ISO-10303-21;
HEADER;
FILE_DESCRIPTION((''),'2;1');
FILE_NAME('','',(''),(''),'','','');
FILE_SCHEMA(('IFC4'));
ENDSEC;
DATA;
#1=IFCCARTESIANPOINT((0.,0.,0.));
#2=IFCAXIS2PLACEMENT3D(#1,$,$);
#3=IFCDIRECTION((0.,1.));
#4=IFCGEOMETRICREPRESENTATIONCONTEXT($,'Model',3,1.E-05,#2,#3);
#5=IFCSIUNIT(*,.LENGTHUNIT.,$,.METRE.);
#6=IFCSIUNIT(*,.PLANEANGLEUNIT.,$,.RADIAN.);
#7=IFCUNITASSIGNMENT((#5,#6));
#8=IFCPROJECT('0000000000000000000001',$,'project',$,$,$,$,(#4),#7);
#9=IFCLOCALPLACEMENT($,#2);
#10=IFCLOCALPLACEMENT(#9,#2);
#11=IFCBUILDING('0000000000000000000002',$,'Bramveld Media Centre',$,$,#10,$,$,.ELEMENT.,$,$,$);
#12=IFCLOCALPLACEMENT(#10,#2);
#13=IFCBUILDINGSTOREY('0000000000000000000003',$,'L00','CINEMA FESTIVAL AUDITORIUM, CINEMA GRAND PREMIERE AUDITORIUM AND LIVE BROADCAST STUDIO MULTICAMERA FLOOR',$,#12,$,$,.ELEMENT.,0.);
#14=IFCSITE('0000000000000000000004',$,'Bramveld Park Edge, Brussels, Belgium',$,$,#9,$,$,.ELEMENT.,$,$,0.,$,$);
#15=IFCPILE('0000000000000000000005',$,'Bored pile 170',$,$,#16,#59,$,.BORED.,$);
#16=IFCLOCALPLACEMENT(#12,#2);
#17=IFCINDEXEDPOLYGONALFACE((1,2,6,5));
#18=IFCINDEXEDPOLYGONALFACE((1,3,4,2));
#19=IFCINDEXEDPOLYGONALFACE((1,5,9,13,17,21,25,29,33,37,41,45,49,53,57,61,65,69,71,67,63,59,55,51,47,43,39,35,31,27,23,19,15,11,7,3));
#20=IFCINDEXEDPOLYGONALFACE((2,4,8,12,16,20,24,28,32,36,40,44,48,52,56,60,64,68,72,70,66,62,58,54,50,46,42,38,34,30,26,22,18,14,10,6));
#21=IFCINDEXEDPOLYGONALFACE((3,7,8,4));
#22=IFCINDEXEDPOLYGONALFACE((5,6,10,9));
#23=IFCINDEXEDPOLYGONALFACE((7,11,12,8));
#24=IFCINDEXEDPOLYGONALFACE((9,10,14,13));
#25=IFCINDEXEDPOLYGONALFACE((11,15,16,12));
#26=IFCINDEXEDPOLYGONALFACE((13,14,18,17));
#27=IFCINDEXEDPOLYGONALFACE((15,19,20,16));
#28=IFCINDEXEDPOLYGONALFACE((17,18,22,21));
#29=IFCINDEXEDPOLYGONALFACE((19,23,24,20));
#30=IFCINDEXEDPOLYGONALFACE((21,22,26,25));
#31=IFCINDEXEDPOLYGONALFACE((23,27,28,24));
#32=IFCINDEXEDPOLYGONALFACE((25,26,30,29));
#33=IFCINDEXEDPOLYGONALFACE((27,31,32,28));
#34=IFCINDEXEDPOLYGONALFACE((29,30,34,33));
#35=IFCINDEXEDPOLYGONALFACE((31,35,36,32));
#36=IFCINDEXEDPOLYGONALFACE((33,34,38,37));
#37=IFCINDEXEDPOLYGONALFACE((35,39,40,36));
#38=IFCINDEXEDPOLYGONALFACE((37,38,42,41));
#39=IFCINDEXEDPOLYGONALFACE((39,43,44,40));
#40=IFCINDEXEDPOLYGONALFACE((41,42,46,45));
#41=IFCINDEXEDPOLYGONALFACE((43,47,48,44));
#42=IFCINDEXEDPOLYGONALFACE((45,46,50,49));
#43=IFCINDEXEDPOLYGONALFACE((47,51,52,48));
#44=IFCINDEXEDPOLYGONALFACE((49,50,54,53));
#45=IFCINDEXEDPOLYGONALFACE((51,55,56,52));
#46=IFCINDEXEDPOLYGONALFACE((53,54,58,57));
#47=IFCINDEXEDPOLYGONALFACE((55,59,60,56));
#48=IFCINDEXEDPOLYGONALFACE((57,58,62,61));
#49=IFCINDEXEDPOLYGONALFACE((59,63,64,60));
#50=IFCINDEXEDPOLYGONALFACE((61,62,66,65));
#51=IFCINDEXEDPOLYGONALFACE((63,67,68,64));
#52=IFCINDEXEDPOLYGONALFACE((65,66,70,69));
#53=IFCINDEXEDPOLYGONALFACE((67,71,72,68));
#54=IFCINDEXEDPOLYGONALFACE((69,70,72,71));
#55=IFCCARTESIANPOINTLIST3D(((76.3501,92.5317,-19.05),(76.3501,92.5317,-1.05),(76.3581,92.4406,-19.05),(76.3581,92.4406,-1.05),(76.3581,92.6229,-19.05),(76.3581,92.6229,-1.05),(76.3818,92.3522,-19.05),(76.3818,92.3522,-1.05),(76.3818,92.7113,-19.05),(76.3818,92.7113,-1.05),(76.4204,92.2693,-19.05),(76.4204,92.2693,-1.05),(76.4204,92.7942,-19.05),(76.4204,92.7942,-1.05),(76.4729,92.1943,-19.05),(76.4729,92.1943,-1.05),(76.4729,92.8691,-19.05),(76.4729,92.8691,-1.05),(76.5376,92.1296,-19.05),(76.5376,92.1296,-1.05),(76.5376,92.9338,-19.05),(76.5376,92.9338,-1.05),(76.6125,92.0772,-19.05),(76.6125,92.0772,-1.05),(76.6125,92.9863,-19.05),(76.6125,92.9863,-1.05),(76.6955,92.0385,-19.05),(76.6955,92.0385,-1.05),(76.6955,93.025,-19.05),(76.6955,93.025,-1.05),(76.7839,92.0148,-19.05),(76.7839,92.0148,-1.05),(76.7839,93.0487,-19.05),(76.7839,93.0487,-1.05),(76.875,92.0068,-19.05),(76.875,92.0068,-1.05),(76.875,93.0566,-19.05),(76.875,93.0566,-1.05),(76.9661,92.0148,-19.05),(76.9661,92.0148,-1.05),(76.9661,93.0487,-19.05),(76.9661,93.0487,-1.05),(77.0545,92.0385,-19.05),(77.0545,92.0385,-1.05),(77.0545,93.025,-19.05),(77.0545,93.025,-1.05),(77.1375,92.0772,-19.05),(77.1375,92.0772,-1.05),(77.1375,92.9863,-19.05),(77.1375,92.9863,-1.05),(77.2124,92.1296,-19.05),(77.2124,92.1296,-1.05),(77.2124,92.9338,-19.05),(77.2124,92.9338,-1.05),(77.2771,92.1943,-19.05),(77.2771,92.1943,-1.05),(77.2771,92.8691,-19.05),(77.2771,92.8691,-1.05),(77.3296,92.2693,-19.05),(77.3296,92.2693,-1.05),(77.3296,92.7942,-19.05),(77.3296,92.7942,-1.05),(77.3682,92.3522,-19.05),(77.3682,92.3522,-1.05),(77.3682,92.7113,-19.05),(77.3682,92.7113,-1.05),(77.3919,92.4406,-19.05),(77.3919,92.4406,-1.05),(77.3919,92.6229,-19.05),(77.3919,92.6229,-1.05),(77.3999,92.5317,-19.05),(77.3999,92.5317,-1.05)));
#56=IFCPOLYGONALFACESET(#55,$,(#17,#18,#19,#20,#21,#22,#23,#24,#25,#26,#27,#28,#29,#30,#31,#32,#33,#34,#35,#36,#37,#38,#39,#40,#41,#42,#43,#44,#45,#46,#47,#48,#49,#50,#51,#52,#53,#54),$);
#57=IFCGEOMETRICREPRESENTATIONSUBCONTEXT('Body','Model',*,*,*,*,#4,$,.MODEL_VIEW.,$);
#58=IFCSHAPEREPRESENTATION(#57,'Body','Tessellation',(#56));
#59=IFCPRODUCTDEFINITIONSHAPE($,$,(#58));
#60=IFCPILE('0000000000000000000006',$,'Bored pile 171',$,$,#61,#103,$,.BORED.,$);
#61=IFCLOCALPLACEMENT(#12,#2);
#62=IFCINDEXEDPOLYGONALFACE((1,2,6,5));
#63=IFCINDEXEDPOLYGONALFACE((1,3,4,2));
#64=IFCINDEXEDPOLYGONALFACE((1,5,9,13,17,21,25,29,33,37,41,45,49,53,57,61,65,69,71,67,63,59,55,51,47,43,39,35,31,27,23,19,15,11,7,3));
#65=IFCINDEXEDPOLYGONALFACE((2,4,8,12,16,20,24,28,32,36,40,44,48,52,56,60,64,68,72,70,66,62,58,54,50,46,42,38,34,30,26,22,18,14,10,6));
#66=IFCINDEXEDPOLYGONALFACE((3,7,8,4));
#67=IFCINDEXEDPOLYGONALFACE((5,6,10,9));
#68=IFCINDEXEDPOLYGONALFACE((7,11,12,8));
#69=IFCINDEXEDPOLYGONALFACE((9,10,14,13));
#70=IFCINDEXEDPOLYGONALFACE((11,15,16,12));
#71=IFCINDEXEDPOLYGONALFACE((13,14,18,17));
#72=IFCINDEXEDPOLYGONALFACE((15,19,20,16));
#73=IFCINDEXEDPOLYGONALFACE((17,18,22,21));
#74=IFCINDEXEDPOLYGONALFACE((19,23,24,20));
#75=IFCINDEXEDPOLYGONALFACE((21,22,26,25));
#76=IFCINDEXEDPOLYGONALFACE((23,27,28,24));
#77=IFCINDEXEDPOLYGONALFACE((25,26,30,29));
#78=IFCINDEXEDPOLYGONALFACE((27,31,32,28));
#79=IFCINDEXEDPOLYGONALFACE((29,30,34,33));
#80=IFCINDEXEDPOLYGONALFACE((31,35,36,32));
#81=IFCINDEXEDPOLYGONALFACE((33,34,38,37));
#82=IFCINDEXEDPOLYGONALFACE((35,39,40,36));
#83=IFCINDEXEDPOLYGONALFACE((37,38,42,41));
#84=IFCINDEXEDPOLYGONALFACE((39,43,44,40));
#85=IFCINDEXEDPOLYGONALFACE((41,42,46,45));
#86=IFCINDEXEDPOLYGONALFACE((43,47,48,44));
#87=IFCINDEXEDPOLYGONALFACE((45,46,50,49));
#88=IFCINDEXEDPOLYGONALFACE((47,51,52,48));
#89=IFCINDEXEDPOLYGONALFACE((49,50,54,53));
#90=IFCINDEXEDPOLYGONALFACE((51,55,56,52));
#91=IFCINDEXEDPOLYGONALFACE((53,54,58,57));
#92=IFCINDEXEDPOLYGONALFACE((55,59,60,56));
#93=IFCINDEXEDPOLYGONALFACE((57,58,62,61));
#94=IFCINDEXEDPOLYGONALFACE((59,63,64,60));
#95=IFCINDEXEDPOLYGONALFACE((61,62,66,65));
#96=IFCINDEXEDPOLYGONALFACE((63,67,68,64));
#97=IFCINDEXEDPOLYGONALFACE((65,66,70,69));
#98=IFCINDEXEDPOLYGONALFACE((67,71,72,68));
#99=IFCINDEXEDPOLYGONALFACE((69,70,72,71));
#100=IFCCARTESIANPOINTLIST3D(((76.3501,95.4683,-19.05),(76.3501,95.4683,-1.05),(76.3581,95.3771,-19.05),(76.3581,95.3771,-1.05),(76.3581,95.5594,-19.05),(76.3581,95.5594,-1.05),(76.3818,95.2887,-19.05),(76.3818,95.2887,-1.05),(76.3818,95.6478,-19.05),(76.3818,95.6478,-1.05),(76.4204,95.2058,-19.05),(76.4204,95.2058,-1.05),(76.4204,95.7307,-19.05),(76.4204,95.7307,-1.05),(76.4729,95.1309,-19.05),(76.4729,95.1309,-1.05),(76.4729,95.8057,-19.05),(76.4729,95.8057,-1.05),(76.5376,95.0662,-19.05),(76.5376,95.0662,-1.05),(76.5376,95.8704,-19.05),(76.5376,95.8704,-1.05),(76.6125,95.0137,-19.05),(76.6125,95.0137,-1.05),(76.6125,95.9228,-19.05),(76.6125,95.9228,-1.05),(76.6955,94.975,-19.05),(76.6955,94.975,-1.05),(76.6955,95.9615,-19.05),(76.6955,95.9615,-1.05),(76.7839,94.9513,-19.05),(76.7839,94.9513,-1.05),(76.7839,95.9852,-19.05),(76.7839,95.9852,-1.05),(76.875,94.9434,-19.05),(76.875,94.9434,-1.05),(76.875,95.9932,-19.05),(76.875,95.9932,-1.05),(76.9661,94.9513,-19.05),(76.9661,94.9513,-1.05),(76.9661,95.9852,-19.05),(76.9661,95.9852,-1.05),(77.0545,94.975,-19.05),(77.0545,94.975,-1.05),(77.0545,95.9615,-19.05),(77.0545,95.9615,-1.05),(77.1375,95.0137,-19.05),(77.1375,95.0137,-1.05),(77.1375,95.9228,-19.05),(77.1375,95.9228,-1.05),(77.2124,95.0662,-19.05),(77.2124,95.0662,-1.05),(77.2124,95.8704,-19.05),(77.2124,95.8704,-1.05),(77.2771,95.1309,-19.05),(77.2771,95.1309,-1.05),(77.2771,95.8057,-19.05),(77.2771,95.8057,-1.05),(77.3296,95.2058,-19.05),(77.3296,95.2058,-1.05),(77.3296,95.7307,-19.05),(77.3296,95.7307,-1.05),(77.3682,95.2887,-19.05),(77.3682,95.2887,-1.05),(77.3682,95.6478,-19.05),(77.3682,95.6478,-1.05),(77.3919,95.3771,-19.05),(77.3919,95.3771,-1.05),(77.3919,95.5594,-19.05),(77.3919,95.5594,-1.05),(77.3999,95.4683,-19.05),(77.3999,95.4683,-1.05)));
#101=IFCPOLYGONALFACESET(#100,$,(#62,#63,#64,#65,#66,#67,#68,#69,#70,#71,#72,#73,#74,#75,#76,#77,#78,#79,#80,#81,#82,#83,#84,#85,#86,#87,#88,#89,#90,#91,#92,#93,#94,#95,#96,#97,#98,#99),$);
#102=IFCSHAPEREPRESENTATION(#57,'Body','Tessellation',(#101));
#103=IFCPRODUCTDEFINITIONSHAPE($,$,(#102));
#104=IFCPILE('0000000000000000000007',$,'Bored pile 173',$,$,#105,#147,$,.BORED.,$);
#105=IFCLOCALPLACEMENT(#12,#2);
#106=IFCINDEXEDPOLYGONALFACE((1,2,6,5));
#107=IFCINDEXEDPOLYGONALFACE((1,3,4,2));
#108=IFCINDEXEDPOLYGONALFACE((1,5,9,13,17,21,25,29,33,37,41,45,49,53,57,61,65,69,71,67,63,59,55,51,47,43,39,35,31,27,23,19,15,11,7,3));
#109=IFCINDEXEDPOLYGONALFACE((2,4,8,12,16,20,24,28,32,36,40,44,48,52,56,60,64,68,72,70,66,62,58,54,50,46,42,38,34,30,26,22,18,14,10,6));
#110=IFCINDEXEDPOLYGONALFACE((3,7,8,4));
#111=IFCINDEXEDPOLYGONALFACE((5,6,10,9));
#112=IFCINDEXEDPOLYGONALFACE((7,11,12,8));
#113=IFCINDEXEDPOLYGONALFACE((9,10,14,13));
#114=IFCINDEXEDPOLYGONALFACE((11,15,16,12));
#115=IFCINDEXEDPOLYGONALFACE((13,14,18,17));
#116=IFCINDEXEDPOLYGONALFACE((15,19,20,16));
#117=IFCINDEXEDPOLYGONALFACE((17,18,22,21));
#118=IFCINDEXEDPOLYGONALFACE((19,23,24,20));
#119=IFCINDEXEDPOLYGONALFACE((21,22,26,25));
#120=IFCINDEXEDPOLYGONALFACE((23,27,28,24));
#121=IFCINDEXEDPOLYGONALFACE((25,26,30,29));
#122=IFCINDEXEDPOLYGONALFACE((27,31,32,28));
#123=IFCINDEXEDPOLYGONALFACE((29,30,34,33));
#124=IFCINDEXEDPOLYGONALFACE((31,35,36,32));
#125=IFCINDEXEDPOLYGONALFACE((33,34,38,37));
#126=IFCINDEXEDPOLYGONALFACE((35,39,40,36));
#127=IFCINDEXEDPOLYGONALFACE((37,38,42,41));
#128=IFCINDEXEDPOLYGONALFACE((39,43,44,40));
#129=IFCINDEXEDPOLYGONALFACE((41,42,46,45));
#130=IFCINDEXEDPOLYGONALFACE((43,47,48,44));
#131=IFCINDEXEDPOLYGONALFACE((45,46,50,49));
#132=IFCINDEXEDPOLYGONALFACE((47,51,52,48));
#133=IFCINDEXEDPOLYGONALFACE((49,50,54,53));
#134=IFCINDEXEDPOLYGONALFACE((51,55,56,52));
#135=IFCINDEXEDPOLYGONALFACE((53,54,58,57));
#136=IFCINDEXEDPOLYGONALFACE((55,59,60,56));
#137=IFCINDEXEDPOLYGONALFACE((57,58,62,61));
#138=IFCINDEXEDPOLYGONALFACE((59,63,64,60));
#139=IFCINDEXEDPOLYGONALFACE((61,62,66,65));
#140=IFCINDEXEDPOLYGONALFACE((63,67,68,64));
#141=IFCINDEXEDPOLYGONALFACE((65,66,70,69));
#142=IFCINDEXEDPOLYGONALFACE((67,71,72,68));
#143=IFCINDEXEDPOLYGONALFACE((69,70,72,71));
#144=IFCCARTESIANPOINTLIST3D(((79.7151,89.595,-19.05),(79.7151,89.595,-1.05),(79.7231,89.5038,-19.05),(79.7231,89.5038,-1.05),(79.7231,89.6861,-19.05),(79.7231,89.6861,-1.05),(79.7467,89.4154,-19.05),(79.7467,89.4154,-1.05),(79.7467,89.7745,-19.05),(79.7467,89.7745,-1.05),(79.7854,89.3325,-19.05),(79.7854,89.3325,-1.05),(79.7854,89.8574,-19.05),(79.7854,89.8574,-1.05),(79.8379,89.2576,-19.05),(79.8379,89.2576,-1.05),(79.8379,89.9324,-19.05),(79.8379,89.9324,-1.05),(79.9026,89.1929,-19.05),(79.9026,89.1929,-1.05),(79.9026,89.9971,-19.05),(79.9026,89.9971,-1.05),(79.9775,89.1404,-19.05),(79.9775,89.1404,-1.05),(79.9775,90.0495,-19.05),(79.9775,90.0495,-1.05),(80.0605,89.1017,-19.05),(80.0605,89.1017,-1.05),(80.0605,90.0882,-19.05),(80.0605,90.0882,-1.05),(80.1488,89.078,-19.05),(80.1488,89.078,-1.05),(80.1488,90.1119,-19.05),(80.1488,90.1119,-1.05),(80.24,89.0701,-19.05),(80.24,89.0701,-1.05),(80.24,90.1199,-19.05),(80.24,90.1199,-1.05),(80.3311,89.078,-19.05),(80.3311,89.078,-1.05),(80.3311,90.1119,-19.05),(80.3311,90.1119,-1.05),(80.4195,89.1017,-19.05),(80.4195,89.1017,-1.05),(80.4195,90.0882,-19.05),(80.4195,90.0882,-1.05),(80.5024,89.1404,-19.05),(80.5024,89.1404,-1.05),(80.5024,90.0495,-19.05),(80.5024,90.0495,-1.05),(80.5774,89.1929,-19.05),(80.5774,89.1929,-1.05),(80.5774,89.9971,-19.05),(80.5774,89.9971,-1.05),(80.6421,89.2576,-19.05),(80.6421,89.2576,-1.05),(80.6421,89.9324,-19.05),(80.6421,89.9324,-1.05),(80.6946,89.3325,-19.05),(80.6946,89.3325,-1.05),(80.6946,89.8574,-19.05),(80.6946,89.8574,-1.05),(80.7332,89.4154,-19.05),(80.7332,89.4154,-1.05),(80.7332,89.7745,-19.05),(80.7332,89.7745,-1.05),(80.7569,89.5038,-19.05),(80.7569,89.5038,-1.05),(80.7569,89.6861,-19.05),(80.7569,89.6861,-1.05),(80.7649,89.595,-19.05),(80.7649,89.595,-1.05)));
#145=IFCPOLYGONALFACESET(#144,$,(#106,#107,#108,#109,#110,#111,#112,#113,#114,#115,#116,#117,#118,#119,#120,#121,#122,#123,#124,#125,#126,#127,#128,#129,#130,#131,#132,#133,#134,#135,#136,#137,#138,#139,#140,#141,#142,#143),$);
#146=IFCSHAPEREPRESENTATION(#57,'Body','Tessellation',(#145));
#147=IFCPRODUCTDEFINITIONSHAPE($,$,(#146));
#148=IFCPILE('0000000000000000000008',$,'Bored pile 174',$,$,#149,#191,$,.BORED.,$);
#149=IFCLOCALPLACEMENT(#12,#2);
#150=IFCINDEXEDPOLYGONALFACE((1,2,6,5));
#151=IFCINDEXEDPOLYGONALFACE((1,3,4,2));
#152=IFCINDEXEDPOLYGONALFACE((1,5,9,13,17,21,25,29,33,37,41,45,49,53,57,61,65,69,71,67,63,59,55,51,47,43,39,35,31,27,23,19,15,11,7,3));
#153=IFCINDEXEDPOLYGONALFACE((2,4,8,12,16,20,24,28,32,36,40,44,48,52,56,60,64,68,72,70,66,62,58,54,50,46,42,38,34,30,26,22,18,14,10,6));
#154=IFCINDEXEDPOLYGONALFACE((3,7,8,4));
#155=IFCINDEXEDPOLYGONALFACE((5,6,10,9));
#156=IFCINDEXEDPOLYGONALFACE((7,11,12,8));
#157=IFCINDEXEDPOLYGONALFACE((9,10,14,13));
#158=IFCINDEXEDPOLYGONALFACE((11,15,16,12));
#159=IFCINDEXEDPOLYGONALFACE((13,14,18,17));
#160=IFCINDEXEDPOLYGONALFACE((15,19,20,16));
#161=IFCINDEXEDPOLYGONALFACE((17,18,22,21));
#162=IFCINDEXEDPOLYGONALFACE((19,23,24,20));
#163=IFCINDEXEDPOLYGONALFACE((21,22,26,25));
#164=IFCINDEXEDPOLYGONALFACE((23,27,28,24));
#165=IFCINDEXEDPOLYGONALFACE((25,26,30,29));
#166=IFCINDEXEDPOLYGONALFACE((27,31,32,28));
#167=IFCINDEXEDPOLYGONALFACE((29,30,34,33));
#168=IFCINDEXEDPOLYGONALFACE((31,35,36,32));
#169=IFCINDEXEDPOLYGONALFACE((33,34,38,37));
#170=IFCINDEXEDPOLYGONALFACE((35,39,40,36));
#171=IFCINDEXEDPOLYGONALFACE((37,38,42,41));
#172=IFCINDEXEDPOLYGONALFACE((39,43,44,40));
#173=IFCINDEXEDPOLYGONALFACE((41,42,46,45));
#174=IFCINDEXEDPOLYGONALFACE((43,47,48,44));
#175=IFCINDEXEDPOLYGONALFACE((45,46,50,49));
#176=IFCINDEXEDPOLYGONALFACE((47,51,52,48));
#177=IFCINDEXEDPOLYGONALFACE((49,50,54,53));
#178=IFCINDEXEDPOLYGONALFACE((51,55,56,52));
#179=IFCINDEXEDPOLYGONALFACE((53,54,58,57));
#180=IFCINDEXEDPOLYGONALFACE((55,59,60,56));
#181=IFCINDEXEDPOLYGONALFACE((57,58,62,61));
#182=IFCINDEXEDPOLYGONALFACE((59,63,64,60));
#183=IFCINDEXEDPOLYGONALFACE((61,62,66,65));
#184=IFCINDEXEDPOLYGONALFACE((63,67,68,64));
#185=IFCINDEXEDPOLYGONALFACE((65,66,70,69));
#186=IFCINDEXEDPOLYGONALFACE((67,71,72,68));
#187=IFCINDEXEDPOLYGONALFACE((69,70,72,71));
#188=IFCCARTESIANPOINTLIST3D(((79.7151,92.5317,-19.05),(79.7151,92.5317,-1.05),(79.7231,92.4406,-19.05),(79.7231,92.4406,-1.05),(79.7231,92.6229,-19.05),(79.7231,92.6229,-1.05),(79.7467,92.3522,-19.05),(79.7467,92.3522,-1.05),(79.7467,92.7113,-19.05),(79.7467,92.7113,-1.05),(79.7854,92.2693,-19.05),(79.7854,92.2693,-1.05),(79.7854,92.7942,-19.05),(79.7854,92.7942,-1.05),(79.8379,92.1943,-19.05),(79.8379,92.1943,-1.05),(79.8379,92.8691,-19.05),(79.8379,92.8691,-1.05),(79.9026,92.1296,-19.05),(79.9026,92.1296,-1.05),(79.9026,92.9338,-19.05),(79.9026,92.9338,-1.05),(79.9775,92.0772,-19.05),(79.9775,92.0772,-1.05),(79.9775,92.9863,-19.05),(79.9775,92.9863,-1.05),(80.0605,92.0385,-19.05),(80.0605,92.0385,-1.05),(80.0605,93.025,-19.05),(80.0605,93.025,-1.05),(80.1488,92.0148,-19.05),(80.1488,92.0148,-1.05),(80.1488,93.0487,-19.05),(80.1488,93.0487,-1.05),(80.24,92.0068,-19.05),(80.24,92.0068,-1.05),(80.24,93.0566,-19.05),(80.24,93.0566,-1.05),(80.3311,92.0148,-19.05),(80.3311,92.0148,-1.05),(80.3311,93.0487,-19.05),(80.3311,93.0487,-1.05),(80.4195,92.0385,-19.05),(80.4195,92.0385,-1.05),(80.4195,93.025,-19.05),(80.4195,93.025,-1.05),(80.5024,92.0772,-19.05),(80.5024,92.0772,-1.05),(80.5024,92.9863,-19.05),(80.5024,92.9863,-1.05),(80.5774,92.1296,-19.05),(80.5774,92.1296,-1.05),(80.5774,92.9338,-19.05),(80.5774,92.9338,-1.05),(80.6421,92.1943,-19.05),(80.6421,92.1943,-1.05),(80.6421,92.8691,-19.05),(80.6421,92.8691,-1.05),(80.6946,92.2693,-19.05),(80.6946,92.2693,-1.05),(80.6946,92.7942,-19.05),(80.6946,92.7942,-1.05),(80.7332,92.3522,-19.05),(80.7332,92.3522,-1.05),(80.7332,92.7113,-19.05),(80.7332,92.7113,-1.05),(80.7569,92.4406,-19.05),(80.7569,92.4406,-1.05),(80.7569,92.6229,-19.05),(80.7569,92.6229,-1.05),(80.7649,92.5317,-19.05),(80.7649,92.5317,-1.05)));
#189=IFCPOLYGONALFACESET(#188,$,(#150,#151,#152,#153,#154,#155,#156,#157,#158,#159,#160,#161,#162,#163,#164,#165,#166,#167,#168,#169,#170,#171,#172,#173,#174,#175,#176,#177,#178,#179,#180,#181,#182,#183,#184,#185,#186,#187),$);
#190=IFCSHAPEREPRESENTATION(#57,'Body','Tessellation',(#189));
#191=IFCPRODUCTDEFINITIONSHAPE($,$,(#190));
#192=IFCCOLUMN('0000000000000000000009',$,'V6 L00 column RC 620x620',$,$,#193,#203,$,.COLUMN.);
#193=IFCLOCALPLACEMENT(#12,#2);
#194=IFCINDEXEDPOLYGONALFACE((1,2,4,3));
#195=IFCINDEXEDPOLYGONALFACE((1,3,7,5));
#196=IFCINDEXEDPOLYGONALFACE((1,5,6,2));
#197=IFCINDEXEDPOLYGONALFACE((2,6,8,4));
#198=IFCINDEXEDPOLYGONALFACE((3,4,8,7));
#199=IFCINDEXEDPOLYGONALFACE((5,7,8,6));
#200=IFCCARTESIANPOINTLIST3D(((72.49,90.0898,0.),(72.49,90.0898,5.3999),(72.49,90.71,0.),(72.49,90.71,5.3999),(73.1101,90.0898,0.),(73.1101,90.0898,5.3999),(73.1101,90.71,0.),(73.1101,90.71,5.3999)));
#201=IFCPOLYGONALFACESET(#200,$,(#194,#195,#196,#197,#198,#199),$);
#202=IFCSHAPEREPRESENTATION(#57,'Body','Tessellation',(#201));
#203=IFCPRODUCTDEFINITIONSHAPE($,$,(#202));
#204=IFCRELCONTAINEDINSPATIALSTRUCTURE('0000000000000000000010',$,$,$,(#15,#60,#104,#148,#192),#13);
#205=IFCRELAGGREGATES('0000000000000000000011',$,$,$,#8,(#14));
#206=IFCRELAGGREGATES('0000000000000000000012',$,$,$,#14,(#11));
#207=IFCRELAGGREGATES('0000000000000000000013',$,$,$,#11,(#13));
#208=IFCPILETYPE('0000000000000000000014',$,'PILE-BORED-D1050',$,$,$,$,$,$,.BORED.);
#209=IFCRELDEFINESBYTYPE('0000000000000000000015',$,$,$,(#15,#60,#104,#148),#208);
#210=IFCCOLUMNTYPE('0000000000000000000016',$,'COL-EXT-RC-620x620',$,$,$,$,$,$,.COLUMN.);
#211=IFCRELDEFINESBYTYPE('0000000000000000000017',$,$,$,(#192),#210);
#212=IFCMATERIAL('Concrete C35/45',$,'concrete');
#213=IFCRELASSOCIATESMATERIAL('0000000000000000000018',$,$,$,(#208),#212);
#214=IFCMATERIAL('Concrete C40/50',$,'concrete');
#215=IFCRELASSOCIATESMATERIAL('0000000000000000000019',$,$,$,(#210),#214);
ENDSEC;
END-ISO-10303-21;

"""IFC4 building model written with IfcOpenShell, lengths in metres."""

from ifc_helpers import new_model, si_unit, direction, frame, origin, origin_2d, place, context, subcontext, project, spatial, rectangle, circle, extrude, material, material_profile, profile_set, type_object, element, save


model = new_model("IFC4")

# Units and contexts
model_context = context("Model", 3, precision=1e-05, world=origin(), true_north=direction((0.0, 1.0)))
body_context = subcontext(model_context, "Body", "Model", "MODEL_VIEW")
ifc_project = project(units=[si_unit("LENGTHUNIT", "METRE"), si_unit("PLANEANGLEUNIT", "RADIAN")], contexts=[model_context])

# Site, building, storey
site_placement = place(None, origin())
site = spatial("IfcSite", under=ifc_project, at=site_placement, Name="Bramveld Park Edge, Brussels, Belgium", CompositionType="ELEMENT", RefElevation=0.0)
building_placement = place(site_placement, origin())
building = spatial("IfcBuilding", under=site, at=building_placement, Name="Bramveld Media Centre", CompositionType="ELEMENT")
storey_placement = place(building_placement, origin())
storey = spatial("IfcBuildingStorey", under=building, at=storey_placement, Name="L00", Description="CINEMA FESTIVAL AUDITORIUM, CINEMA GRAND PREMIERE AUDITORIUM AND LIVE BROADCAST STUDIO MULTICAMERA FLOOR", CompositionType="ELEMENT", Elevation=0.0)

# Piles
ifc_material_1 = material(Name="Concrete C35/45", Category="concrete")
ifc_material_profile_1 = material_profile(ifc_material_1, circle(Radius=0.5249, at=origin_2d()), Name="BORED D1050")
ifc_profile_set_1 = profile_set([ifc_material_profile_1], Name="Concrete C35/45")
pile_type = type_object("IfcPileType", Name="PILE-BORED-D1050", PredefinedType="BORED", material=ifc_profile_set_1)
for number, where, z_axis, x_axis, name in (
    (1, (76.875, 92.5317, -1.05), (0.0, 0.0, -1.0), (1.0, 0.0, 0.0), "Bored pile 170"),
    (2, (76.875, 95.4683, -1.05), (0.0, 0.0, -1.0), (1.0, 0.0, 0.0), "Bored pile 171"),
    (3, (80.24, 89.595, -1.05), (0.0, 0.0, -1.0), (1.0, 0.0, 0.0), "Bored pile 173"),
    (4, (80.24, 92.5317, -1.05), (0.0, 0.0, -1.0), (1.0, 0.0, 0.0), "Bored pile 174"),
):
    element("IfcPile", number, at=place(storey_placement, frame(where, z_axis=z_axis, x_axis=x_axis)), inside=storey, type_object=pile_type, Name=name, PredefinedType="BORED", context=body_context, shape_type="SweptSolid", body=[
        extrude(circle(Radius=0.5249, at=origin_2d()), origin(), (0.0, 0.0, 1.0), 18.0),
    ])

# Column
ifc_material_2 = material(Name="Concrete C40/50", Category="concrete")
ifc_material_profile_2 = material_profile(ifc_material_2, rectangle(XDim=0.6201, YDim=0.6201, at=origin_2d()), Name="RC 620x620")
ifc_profile_set_2 = profile_set([ifc_material_profile_2], Name="Concrete C40/50")
column_type = type_object("IfcColumnType", Name="COL-EXT-RC-620x620", PredefinedType="COLUMN", material=ifc_profile_set_2)
for number, where, z_axis, x_axis, name in (
    (5, (72.8, 90.3999, 0.0), (0.0, 0.0, 1.0), (1.0, 0.0, 0.0), "V6 L00 column RC 620x620"),
):
    element("IfcColumn", number, at=place(storey_placement, frame(where, z_axis=z_axis, x_axis=x_axis)), inside=storey, type_object=column_type, Name=name, PredefinedType="COLUMN", context=body_context, shape_type="SweptSolid", body=[
        extrude(rectangle(XDim=0.6201, YDim=0.6201, at=origin_2d()), origin(), (0.0, 0.0, 1.0), 5.3999),
    ])

save(model, "model.ifc")
